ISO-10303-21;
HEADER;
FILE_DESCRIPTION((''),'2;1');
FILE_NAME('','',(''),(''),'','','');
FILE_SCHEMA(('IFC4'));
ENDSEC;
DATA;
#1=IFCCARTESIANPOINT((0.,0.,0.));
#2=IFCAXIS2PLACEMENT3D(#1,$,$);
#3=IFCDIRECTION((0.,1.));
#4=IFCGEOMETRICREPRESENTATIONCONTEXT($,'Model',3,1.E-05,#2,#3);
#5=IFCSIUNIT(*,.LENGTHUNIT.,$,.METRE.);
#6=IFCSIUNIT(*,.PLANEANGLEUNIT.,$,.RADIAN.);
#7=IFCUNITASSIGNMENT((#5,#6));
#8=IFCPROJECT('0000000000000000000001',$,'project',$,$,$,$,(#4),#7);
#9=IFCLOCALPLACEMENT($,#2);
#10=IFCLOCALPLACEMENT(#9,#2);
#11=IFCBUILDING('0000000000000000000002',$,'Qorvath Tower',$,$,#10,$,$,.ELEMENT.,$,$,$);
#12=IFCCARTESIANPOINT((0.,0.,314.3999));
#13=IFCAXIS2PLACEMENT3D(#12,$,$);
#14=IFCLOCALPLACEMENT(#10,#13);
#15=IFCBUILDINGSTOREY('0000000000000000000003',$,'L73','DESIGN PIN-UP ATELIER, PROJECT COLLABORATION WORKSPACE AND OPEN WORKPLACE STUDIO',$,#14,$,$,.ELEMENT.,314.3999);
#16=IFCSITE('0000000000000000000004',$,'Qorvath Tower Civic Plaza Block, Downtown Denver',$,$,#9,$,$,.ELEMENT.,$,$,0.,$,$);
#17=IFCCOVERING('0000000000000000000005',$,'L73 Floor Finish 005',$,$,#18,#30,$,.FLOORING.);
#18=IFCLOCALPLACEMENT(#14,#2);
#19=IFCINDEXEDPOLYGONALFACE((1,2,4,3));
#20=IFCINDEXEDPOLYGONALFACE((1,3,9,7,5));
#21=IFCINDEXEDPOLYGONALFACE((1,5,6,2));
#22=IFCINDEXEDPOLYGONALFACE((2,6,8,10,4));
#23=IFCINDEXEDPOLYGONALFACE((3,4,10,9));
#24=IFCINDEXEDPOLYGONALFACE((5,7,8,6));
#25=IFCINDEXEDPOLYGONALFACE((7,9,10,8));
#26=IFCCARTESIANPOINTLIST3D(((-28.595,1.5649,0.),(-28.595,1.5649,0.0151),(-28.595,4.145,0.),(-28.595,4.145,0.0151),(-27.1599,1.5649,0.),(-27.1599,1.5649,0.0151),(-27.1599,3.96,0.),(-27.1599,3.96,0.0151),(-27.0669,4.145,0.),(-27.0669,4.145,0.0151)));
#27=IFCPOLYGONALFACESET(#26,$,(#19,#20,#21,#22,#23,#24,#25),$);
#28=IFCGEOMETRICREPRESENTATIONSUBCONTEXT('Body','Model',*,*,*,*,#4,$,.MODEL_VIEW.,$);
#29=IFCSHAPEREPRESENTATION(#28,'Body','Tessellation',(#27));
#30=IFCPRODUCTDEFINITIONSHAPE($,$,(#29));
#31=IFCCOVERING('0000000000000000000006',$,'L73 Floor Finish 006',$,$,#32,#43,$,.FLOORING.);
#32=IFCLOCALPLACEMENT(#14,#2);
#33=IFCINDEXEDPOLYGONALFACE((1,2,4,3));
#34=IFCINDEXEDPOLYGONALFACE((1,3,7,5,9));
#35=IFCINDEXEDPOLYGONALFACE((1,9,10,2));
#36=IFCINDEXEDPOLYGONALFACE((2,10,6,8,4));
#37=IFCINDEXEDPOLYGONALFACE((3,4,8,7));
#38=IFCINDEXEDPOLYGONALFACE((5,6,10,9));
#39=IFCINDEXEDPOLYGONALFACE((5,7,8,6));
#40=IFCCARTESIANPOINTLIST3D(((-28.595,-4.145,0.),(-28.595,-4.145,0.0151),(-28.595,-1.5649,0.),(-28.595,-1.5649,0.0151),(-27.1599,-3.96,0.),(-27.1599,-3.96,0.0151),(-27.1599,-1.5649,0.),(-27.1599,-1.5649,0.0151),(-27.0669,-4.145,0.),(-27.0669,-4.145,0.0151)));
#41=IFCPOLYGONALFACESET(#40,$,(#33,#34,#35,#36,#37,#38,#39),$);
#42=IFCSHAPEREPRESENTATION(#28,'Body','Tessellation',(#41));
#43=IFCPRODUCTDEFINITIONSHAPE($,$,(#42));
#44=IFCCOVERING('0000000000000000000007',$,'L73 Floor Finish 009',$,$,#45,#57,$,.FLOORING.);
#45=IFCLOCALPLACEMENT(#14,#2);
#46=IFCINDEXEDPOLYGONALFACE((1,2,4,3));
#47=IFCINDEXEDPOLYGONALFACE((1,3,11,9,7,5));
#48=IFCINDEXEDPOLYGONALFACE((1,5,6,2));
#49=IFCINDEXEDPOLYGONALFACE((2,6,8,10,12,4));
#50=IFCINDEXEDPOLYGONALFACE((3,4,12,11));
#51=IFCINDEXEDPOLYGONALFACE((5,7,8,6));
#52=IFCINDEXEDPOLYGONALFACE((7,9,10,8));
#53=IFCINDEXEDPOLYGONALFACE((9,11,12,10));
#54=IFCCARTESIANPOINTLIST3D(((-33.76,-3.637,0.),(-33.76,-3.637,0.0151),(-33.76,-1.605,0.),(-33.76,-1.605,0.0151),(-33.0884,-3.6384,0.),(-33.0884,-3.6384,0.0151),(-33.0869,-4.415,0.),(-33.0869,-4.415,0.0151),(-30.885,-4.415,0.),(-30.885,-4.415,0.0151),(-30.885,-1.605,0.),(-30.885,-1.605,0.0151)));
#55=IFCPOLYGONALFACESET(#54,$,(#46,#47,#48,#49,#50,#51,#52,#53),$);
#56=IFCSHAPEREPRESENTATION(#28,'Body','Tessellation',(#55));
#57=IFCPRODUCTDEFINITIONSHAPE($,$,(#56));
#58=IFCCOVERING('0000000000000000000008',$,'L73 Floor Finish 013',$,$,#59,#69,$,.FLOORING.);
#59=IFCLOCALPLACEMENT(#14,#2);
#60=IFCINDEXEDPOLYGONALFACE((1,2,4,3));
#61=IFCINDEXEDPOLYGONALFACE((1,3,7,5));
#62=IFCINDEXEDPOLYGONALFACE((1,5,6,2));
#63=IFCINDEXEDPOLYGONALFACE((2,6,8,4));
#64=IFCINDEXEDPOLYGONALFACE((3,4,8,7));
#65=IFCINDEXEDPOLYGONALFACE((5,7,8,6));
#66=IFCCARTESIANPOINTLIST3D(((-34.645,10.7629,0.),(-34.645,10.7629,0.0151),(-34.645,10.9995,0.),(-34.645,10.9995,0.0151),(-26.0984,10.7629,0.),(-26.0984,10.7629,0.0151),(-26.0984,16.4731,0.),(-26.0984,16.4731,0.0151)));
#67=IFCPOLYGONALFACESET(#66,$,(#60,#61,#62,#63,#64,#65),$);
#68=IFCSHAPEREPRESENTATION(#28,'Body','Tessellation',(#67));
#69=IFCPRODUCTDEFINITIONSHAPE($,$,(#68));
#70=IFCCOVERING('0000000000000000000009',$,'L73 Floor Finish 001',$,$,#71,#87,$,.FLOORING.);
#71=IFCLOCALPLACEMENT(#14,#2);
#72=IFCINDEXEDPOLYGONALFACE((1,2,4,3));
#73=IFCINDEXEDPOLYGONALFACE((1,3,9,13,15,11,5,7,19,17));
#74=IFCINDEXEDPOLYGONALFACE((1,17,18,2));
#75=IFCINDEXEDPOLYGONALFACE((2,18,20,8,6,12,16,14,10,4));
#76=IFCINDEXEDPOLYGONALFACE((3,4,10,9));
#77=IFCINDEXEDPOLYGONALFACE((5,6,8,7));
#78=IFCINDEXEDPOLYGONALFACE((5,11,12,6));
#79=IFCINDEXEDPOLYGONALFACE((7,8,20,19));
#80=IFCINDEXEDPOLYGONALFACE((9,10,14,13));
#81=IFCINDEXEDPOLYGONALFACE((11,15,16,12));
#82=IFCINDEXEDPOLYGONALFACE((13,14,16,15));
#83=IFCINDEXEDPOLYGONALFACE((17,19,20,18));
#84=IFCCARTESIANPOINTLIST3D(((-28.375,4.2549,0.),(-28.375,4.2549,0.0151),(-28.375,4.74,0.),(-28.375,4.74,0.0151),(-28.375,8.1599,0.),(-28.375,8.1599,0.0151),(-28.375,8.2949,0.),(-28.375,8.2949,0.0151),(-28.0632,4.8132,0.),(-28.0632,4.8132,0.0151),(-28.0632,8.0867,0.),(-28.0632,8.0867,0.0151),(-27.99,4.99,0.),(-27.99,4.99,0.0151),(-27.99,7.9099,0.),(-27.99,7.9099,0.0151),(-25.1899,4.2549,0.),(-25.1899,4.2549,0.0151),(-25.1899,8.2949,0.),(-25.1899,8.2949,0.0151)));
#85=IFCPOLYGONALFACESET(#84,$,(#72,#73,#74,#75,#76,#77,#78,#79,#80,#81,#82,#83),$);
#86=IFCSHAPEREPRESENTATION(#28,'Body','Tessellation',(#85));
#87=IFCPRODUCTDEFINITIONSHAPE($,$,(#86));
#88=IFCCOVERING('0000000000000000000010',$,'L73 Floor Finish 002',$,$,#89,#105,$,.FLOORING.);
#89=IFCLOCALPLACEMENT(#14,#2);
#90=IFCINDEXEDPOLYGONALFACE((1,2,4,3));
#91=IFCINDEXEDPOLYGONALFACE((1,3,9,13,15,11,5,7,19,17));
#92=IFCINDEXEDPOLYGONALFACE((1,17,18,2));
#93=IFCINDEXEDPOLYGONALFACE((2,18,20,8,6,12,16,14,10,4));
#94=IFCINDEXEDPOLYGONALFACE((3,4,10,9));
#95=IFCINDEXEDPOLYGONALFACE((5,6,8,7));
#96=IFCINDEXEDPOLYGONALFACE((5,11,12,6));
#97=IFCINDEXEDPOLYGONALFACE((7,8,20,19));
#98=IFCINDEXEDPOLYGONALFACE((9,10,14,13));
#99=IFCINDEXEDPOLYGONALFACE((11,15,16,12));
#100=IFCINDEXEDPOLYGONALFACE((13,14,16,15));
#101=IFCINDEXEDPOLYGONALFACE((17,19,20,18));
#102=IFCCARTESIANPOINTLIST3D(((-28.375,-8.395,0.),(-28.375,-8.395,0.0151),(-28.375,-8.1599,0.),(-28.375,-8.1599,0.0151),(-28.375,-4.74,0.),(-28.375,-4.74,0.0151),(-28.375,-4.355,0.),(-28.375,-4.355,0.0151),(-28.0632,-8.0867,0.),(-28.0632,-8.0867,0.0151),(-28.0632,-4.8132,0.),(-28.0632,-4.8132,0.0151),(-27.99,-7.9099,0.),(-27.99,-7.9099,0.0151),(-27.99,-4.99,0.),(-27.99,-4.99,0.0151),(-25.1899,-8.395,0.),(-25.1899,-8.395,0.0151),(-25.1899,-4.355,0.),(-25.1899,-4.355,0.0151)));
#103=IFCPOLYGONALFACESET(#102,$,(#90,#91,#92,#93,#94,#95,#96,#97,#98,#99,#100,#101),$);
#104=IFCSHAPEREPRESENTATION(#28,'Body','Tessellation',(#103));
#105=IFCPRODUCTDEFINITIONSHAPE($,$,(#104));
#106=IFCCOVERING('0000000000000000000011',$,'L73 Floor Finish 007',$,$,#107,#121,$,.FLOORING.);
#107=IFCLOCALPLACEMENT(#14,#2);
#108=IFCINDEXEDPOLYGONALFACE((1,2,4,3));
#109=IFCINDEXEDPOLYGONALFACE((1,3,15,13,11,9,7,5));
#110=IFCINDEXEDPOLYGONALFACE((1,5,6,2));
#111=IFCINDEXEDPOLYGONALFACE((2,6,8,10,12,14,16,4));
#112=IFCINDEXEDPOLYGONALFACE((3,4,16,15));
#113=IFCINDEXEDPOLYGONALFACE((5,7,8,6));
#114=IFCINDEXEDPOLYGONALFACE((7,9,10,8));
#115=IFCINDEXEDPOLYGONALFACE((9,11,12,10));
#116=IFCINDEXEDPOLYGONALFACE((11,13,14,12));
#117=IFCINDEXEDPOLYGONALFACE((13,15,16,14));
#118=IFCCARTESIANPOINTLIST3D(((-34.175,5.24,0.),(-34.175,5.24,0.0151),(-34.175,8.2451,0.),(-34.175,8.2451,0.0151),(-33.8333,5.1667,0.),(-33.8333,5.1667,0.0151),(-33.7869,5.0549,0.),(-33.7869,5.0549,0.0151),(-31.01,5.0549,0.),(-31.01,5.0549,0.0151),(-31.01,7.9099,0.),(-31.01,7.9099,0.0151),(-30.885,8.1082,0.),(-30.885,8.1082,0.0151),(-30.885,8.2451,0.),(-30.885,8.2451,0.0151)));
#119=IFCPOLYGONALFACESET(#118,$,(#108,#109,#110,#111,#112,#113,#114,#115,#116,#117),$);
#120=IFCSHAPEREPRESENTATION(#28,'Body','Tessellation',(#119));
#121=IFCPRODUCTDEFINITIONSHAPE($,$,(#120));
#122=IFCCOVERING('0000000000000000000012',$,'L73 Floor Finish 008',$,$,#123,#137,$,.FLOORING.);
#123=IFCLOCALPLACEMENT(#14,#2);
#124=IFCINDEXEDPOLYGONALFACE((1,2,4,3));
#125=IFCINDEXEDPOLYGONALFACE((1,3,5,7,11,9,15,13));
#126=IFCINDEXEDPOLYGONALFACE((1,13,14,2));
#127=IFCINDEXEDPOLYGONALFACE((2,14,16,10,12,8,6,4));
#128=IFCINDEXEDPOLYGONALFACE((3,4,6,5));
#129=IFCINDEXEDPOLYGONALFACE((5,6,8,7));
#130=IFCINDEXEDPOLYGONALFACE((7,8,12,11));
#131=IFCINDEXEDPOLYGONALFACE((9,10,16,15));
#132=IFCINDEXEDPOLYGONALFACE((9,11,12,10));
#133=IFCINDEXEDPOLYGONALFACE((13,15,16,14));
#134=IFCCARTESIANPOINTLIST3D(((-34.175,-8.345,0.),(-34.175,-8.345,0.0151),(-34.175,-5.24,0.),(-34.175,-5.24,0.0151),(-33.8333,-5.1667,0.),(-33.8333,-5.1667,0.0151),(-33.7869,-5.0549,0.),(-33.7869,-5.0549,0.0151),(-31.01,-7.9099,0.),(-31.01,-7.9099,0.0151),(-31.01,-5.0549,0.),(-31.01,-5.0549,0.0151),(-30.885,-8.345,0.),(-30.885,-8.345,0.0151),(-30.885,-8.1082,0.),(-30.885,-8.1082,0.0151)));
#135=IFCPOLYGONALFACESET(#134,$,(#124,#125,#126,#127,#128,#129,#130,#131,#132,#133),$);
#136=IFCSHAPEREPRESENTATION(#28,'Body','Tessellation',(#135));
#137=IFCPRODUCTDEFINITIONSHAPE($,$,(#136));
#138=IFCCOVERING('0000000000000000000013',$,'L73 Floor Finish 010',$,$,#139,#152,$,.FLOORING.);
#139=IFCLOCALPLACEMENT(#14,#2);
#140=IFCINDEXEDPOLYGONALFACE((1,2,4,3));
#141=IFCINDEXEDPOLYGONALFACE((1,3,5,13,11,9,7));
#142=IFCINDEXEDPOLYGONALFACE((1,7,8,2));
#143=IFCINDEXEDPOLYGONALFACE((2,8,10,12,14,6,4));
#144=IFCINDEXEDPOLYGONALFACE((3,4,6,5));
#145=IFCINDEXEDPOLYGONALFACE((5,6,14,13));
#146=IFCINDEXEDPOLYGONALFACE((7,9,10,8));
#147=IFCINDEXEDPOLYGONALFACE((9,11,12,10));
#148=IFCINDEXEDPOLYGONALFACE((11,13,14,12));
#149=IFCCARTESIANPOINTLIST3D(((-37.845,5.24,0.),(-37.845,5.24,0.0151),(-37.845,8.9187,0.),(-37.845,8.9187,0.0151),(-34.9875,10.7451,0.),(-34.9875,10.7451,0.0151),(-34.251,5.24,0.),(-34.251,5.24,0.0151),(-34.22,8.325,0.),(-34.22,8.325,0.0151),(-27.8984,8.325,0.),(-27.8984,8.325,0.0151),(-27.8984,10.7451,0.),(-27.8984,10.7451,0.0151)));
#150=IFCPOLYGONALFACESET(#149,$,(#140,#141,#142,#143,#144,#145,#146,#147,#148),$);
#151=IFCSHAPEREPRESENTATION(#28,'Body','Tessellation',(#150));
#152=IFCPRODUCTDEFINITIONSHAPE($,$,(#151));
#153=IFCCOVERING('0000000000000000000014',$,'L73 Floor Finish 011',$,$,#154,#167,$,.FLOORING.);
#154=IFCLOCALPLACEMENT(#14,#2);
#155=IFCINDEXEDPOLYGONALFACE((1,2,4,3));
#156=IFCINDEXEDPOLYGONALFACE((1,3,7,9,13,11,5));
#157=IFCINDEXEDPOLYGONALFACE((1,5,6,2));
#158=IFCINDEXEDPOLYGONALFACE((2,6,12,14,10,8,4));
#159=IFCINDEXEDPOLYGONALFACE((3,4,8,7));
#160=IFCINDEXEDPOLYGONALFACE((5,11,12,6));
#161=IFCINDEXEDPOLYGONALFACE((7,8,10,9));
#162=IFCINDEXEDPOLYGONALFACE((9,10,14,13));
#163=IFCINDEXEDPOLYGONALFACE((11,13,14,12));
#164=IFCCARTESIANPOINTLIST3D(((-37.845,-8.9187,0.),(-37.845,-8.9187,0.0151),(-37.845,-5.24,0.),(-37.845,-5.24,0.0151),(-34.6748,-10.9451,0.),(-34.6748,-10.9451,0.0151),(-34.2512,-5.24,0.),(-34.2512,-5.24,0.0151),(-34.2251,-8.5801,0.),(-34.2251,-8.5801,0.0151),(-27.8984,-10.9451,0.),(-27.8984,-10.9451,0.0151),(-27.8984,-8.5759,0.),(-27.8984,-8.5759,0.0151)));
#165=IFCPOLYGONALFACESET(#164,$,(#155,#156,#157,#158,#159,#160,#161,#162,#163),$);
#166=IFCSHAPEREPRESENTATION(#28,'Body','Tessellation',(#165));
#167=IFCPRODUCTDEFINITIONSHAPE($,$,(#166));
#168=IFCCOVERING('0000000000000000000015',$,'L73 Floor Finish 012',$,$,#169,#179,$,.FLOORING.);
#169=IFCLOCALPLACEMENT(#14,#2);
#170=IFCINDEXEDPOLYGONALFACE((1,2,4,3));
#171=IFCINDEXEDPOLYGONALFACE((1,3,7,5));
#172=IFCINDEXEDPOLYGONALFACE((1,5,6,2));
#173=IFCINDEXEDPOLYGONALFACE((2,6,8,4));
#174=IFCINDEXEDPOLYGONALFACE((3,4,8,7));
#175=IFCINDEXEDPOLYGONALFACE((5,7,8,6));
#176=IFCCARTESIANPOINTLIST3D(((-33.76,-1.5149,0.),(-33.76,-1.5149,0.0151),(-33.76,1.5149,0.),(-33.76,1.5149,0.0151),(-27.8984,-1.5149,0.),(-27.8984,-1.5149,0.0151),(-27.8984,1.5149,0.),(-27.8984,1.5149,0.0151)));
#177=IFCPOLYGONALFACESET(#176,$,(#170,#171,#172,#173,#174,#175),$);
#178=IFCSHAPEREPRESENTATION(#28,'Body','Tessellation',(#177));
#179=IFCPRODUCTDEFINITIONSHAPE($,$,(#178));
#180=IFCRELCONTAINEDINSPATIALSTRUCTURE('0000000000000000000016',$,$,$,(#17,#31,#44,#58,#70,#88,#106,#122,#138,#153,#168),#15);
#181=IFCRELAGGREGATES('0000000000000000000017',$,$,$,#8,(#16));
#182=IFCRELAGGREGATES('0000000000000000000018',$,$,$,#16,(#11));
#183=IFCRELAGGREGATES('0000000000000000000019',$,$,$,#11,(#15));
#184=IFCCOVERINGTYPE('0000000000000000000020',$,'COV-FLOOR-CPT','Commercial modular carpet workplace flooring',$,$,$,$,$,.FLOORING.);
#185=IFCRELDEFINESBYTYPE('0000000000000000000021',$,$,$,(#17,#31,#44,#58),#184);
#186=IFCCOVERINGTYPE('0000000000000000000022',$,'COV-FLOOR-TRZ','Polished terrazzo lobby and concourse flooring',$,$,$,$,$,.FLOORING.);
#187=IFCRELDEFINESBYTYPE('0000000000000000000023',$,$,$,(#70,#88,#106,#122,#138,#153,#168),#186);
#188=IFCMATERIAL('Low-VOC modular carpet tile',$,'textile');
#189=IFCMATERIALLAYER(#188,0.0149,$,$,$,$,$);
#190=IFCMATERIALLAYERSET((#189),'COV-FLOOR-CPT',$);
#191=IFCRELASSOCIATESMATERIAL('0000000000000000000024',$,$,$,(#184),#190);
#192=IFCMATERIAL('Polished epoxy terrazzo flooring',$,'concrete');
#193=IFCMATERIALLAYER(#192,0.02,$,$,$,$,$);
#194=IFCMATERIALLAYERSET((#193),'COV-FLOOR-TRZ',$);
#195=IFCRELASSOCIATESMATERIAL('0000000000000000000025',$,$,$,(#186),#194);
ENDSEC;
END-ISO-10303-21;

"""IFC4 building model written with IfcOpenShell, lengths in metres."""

from ifc_helpers import new_model, si_unit, direction, frame, origin, place, context, subcontext, project, spatial, polyline, outline, extrude, material, layer, layer_set, type_object, element, save


model = new_model("IFC4")

# Units and contexts
model_context = context("Model", 3, precision=1e-05, world=origin(), true_north=direction((0.0, 1.0)))
body_context = subcontext(model_context, "Body", "Model", "MODEL_VIEW")
ifc_project = project(units=[si_unit("LENGTHUNIT", "METRE"), si_unit("PLANEANGLEUNIT", "RADIAN")], contexts=[model_context])

# Site, building, storey
site_placement = place(None, origin())
site = spatial("IfcSite", under=ifc_project, at=site_placement, Name="Qorvath Tower Civic Plaza Block, Downtown Denver", CompositionType="ELEMENT", RefElevation=0.0)
building_placement = place(site_placement, origin())
building = spatial("IfcBuilding", under=site, at=building_placement, Name="Qorvath Tower", CompositionType="ELEMENT")
storey_placement = place(building_placement, frame((0.0, 0.0, 314.3999)))
storey = spatial("IfcBuildingStorey", under=building, at=storey_placement, Name="L73", Description="DESIGN PIN-UP ATELIER, PROJECT COLLABORATION WORKSPACE AND OPEN WORKPLACE STUDIO", CompositionType="ELEMENT", Elevation=314.3999)

# Coverings
ifc_material_1 = material(Name="Low-VOC modular carpet tile", Category="textile")
ifc_layer_1 = layer(ifc_material_1, 0.0149)
ifc_layer_set_1 = layer_set([ifc_layer_1], Name="COV-FLOOR-CPT")
covering_type_1 = type_object("IfcCoveringType", Name="COV-FLOOR-CPT", Description="Commercial modular carpet workplace flooring", PredefinedType="FLOORING", material=ifc_layer_set_1)
covering_1_placement = place(storey_placement, origin())
element("IfcCovering", 1, at=covering_1_placement, inside=storey, type_object=covering_type_1, Name="L73 Floor Finish 005", PredefinedType="FLOORING", context=body_context, shape_type="SweptSolid", body=[
    extrude(outline(polyline([(-27.1599, 1.5649), (-27.1599, 3.96), (-27.0669, 4.145), (-28.595, 4.145), (-28.595, 1.5649), (-27.1599, 1.5649)])), origin(), (0.0, 0.0, 1.0), 0.0151),
])
covering_2_placement = place(storey_placement, origin())
element("IfcCovering", 2, at=covering_2_placement, inside=storey, type_object=covering_type_1, Name="L73 Floor Finish 006", PredefinedType="FLOORING", context=body_context, shape_type="SweptSolid", body=[
    extrude(outline(polyline([(-27.0669, -4.145), (-27.1599, -3.96), (-27.1599, -1.5649), (-28.595, -1.5649), (-28.595, -4.145), (-27.0669, -4.145)])), origin(), (0.0, 0.0, 1.0), 0.0151),
])
covering_3_placement = place(storey_placement, origin())
element("IfcCovering", 3, at=covering_3_placement, inside=storey, type_object=covering_type_1, Name="L73 Floor Finish 009", PredefinedType="FLOORING", context=body_context, shape_type="SweptSolid", body=[
    extrude(outline(polyline([(-30.885, -4.415), (-30.885, -1.605), (-33.76, -1.605), (-33.76, -3.637), (-33.0884, -3.6384), (-33.0869, -4.415), (-30.885, -4.415)])), origin(), (0.0, 0.0, 1.0), 0.0151),
])
covering_4_placement = place(storey_placement, origin())
element("IfcCovering", 4, at=covering_4_placement, inside=storey, type_object=covering_type_1, Name="L73 Floor Finish 013", PredefinedType="FLOORING", context=body_context, shape_type="SweptSolid", body=[
    extrude(outline(polyline([(-26.0984, 10.7629), (-26.0984, 16.4731), (-34.645, 10.9995), (-34.645, 10.7629), (-26.0984, 10.7629)])), origin(), (0.0, 0.0, 1.0), 0.0151),
])
ifc_material_2 = material(Name="Polished epoxy terrazzo flooring", Category="concrete")
ifc_layer_2 = layer(ifc_material_2, 0.02)
ifc_layer_set_2 = layer_set([ifc_layer_2], Name="COV-FLOOR-TRZ")
covering_type_2 = type_object("IfcCoveringType", Name="COV-FLOOR-TRZ", Description="Polished terrazzo lobby and concourse flooring", PredefinedType="FLOORING", material=ifc_layer_set_2)
covering_5_placement = place(storey_placement, origin())
element("IfcCovering", 5, at=covering_5_placement, inside=storey, type_object=covering_type_2, Name="L73 Floor Finish 001", PredefinedType="FLOORING", context=body_context, shape_type="SweptSolid", body=[
    extrude(outline(polyline([(-25.1899, 4.2549), (-25.1899, 8.2949), (-28.375, 8.2949), (-28.375, 8.1599), (-28.0632, 8.0867), (-27.99, 7.9099), (-27.99, 4.99), (-28.0632, 4.8132), (-28.375, 4.74), (-28.375, 4.2549), (-25.1899, 4.2549)])), origin(), (0.0, 0.0, 1.0), 0.0151),
])
covering_6_placement = place(storey_placement, origin())
element("IfcCovering", 6, at=covering_6_placement, inside=storey, type_object=covering_type_2, Name="L73 Floor Finish 002", PredefinedType="FLOORING", context=body_context, shape_type="SweptSolid", body=[
    extrude(outline(polyline([(-25.1899, -8.395), (-25.1899, -4.355), (-28.375, -4.355), (-28.375, -4.74), (-28.0632, -4.8132), (-27.99, -4.99), (-27.99, -7.9099), (-28.0632, -8.0867), (-28.375, -8.1599), (-28.375, -8.395), (-25.1899, -8.395)])), origin(), (0.0, 0.0, 1.0), 0.0151),
])
covering_7_placement = place(storey_placement, origin())
element("IfcCovering", 7, at=covering_7_placement, inside=storey, type_object=covering_type_2, Name="L73 Floor Finish 007", PredefinedType="FLOORING", context=body_context, shape_type="SweptSolid", body=[
    extrude(outline(polyline([(-31.01, 5.0549), (-31.01, 7.9099), (-30.885, 8.1082), (-30.885, 8.2451), (-34.175, 8.2451), (-34.175, 5.24), (-33.8333, 5.1667), (-33.7869, 5.0549), (-31.01, 5.0549)])), origin(), (0.0, 0.0, 1.0), 0.0151),
])
covering_8_placement = place(storey_placement, origin())
element("IfcCovering", 8, at=covering_8_placement, inside=storey, type_object=covering_type_2, Name="L73 Floor Finish 008", PredefinedType="FLOORING", context=body_context, shape_type="SweptSolid", body=[
    extrude(outline(polyline([(-30.885, -8.1082), (-31.01, -7.9099), (-31.01, -5.0549), (-33.7869, -5.0549), (-33.8333, -5.1667), (-34.175, -5.24), (-34.175, -8.345), (-30.885, -8.345), (-30.885, -8.1082)])), origin(), (0.0, 0.0, 1.0), 0.0151),
])
covering_9_placement = place(storey_placement, origin())
element("IfcCovering", 9, at=covering_9_placement, inside=storey, type_object=covering_type_2, Name="L73 Floor Finish 010", PredefinedType="FLOORING", context=body_context, shape_type="SweptSolid", body=[
    extrude(outline(polyline([(-27.8984, 8.325), (-27.8984, 10.7451), (-34.9875, 10.7451), (-37.845, 8.9187), (-37.845, 5.24), (-34.251, 5.24), (-34.22, 8.325), (-27.8984, 8.325)])), origin(), (0.0, 0.0, 1.0), 0.0151),
])
covering_10_placement = place(storey_placement, origin())
element("IfcCovering", 10, at=covering_10_placement, inside=storey, type_object=covering_type_2, Name="L73 Floor Finish 011", PredefinedType="FLOORING", context=body_context, shape_type="SweptSolid", body=[
    extrude(outline(polyline([(-34.2251, -8.5801), (-34.2512, -5.24), (-37.845, -5.24), (-37.845, -8.9187), (-34.6748, -10.9451), (-27.8984, -10.9451), (-27.8984, -8.5759), (-34.2251, -8.5801)])), origin(), (0.0, 0.0, 1.0), 0.0151),
])
covering_11_placement = place(storey_placement, origin())
element("IfcCovering", 11, at=covering_11_placement, inside=storey, type_object=covering_type_2, Name="L73 Floor Finish 012", PredefinedType="FLOORING", context=body_context, shape_type="SweptSolid", body=[
    extrude(outline(polyline([(-27.8984, -1.5149), (-27.8984, 1.5149), (-33.76, 1.5149), (-33.76, -1.5149), (-27.8984, -1.5149)])), origin(), (0.0, 0.0, 1.0), 0.0151),
])

save(model, "model.ifc")
